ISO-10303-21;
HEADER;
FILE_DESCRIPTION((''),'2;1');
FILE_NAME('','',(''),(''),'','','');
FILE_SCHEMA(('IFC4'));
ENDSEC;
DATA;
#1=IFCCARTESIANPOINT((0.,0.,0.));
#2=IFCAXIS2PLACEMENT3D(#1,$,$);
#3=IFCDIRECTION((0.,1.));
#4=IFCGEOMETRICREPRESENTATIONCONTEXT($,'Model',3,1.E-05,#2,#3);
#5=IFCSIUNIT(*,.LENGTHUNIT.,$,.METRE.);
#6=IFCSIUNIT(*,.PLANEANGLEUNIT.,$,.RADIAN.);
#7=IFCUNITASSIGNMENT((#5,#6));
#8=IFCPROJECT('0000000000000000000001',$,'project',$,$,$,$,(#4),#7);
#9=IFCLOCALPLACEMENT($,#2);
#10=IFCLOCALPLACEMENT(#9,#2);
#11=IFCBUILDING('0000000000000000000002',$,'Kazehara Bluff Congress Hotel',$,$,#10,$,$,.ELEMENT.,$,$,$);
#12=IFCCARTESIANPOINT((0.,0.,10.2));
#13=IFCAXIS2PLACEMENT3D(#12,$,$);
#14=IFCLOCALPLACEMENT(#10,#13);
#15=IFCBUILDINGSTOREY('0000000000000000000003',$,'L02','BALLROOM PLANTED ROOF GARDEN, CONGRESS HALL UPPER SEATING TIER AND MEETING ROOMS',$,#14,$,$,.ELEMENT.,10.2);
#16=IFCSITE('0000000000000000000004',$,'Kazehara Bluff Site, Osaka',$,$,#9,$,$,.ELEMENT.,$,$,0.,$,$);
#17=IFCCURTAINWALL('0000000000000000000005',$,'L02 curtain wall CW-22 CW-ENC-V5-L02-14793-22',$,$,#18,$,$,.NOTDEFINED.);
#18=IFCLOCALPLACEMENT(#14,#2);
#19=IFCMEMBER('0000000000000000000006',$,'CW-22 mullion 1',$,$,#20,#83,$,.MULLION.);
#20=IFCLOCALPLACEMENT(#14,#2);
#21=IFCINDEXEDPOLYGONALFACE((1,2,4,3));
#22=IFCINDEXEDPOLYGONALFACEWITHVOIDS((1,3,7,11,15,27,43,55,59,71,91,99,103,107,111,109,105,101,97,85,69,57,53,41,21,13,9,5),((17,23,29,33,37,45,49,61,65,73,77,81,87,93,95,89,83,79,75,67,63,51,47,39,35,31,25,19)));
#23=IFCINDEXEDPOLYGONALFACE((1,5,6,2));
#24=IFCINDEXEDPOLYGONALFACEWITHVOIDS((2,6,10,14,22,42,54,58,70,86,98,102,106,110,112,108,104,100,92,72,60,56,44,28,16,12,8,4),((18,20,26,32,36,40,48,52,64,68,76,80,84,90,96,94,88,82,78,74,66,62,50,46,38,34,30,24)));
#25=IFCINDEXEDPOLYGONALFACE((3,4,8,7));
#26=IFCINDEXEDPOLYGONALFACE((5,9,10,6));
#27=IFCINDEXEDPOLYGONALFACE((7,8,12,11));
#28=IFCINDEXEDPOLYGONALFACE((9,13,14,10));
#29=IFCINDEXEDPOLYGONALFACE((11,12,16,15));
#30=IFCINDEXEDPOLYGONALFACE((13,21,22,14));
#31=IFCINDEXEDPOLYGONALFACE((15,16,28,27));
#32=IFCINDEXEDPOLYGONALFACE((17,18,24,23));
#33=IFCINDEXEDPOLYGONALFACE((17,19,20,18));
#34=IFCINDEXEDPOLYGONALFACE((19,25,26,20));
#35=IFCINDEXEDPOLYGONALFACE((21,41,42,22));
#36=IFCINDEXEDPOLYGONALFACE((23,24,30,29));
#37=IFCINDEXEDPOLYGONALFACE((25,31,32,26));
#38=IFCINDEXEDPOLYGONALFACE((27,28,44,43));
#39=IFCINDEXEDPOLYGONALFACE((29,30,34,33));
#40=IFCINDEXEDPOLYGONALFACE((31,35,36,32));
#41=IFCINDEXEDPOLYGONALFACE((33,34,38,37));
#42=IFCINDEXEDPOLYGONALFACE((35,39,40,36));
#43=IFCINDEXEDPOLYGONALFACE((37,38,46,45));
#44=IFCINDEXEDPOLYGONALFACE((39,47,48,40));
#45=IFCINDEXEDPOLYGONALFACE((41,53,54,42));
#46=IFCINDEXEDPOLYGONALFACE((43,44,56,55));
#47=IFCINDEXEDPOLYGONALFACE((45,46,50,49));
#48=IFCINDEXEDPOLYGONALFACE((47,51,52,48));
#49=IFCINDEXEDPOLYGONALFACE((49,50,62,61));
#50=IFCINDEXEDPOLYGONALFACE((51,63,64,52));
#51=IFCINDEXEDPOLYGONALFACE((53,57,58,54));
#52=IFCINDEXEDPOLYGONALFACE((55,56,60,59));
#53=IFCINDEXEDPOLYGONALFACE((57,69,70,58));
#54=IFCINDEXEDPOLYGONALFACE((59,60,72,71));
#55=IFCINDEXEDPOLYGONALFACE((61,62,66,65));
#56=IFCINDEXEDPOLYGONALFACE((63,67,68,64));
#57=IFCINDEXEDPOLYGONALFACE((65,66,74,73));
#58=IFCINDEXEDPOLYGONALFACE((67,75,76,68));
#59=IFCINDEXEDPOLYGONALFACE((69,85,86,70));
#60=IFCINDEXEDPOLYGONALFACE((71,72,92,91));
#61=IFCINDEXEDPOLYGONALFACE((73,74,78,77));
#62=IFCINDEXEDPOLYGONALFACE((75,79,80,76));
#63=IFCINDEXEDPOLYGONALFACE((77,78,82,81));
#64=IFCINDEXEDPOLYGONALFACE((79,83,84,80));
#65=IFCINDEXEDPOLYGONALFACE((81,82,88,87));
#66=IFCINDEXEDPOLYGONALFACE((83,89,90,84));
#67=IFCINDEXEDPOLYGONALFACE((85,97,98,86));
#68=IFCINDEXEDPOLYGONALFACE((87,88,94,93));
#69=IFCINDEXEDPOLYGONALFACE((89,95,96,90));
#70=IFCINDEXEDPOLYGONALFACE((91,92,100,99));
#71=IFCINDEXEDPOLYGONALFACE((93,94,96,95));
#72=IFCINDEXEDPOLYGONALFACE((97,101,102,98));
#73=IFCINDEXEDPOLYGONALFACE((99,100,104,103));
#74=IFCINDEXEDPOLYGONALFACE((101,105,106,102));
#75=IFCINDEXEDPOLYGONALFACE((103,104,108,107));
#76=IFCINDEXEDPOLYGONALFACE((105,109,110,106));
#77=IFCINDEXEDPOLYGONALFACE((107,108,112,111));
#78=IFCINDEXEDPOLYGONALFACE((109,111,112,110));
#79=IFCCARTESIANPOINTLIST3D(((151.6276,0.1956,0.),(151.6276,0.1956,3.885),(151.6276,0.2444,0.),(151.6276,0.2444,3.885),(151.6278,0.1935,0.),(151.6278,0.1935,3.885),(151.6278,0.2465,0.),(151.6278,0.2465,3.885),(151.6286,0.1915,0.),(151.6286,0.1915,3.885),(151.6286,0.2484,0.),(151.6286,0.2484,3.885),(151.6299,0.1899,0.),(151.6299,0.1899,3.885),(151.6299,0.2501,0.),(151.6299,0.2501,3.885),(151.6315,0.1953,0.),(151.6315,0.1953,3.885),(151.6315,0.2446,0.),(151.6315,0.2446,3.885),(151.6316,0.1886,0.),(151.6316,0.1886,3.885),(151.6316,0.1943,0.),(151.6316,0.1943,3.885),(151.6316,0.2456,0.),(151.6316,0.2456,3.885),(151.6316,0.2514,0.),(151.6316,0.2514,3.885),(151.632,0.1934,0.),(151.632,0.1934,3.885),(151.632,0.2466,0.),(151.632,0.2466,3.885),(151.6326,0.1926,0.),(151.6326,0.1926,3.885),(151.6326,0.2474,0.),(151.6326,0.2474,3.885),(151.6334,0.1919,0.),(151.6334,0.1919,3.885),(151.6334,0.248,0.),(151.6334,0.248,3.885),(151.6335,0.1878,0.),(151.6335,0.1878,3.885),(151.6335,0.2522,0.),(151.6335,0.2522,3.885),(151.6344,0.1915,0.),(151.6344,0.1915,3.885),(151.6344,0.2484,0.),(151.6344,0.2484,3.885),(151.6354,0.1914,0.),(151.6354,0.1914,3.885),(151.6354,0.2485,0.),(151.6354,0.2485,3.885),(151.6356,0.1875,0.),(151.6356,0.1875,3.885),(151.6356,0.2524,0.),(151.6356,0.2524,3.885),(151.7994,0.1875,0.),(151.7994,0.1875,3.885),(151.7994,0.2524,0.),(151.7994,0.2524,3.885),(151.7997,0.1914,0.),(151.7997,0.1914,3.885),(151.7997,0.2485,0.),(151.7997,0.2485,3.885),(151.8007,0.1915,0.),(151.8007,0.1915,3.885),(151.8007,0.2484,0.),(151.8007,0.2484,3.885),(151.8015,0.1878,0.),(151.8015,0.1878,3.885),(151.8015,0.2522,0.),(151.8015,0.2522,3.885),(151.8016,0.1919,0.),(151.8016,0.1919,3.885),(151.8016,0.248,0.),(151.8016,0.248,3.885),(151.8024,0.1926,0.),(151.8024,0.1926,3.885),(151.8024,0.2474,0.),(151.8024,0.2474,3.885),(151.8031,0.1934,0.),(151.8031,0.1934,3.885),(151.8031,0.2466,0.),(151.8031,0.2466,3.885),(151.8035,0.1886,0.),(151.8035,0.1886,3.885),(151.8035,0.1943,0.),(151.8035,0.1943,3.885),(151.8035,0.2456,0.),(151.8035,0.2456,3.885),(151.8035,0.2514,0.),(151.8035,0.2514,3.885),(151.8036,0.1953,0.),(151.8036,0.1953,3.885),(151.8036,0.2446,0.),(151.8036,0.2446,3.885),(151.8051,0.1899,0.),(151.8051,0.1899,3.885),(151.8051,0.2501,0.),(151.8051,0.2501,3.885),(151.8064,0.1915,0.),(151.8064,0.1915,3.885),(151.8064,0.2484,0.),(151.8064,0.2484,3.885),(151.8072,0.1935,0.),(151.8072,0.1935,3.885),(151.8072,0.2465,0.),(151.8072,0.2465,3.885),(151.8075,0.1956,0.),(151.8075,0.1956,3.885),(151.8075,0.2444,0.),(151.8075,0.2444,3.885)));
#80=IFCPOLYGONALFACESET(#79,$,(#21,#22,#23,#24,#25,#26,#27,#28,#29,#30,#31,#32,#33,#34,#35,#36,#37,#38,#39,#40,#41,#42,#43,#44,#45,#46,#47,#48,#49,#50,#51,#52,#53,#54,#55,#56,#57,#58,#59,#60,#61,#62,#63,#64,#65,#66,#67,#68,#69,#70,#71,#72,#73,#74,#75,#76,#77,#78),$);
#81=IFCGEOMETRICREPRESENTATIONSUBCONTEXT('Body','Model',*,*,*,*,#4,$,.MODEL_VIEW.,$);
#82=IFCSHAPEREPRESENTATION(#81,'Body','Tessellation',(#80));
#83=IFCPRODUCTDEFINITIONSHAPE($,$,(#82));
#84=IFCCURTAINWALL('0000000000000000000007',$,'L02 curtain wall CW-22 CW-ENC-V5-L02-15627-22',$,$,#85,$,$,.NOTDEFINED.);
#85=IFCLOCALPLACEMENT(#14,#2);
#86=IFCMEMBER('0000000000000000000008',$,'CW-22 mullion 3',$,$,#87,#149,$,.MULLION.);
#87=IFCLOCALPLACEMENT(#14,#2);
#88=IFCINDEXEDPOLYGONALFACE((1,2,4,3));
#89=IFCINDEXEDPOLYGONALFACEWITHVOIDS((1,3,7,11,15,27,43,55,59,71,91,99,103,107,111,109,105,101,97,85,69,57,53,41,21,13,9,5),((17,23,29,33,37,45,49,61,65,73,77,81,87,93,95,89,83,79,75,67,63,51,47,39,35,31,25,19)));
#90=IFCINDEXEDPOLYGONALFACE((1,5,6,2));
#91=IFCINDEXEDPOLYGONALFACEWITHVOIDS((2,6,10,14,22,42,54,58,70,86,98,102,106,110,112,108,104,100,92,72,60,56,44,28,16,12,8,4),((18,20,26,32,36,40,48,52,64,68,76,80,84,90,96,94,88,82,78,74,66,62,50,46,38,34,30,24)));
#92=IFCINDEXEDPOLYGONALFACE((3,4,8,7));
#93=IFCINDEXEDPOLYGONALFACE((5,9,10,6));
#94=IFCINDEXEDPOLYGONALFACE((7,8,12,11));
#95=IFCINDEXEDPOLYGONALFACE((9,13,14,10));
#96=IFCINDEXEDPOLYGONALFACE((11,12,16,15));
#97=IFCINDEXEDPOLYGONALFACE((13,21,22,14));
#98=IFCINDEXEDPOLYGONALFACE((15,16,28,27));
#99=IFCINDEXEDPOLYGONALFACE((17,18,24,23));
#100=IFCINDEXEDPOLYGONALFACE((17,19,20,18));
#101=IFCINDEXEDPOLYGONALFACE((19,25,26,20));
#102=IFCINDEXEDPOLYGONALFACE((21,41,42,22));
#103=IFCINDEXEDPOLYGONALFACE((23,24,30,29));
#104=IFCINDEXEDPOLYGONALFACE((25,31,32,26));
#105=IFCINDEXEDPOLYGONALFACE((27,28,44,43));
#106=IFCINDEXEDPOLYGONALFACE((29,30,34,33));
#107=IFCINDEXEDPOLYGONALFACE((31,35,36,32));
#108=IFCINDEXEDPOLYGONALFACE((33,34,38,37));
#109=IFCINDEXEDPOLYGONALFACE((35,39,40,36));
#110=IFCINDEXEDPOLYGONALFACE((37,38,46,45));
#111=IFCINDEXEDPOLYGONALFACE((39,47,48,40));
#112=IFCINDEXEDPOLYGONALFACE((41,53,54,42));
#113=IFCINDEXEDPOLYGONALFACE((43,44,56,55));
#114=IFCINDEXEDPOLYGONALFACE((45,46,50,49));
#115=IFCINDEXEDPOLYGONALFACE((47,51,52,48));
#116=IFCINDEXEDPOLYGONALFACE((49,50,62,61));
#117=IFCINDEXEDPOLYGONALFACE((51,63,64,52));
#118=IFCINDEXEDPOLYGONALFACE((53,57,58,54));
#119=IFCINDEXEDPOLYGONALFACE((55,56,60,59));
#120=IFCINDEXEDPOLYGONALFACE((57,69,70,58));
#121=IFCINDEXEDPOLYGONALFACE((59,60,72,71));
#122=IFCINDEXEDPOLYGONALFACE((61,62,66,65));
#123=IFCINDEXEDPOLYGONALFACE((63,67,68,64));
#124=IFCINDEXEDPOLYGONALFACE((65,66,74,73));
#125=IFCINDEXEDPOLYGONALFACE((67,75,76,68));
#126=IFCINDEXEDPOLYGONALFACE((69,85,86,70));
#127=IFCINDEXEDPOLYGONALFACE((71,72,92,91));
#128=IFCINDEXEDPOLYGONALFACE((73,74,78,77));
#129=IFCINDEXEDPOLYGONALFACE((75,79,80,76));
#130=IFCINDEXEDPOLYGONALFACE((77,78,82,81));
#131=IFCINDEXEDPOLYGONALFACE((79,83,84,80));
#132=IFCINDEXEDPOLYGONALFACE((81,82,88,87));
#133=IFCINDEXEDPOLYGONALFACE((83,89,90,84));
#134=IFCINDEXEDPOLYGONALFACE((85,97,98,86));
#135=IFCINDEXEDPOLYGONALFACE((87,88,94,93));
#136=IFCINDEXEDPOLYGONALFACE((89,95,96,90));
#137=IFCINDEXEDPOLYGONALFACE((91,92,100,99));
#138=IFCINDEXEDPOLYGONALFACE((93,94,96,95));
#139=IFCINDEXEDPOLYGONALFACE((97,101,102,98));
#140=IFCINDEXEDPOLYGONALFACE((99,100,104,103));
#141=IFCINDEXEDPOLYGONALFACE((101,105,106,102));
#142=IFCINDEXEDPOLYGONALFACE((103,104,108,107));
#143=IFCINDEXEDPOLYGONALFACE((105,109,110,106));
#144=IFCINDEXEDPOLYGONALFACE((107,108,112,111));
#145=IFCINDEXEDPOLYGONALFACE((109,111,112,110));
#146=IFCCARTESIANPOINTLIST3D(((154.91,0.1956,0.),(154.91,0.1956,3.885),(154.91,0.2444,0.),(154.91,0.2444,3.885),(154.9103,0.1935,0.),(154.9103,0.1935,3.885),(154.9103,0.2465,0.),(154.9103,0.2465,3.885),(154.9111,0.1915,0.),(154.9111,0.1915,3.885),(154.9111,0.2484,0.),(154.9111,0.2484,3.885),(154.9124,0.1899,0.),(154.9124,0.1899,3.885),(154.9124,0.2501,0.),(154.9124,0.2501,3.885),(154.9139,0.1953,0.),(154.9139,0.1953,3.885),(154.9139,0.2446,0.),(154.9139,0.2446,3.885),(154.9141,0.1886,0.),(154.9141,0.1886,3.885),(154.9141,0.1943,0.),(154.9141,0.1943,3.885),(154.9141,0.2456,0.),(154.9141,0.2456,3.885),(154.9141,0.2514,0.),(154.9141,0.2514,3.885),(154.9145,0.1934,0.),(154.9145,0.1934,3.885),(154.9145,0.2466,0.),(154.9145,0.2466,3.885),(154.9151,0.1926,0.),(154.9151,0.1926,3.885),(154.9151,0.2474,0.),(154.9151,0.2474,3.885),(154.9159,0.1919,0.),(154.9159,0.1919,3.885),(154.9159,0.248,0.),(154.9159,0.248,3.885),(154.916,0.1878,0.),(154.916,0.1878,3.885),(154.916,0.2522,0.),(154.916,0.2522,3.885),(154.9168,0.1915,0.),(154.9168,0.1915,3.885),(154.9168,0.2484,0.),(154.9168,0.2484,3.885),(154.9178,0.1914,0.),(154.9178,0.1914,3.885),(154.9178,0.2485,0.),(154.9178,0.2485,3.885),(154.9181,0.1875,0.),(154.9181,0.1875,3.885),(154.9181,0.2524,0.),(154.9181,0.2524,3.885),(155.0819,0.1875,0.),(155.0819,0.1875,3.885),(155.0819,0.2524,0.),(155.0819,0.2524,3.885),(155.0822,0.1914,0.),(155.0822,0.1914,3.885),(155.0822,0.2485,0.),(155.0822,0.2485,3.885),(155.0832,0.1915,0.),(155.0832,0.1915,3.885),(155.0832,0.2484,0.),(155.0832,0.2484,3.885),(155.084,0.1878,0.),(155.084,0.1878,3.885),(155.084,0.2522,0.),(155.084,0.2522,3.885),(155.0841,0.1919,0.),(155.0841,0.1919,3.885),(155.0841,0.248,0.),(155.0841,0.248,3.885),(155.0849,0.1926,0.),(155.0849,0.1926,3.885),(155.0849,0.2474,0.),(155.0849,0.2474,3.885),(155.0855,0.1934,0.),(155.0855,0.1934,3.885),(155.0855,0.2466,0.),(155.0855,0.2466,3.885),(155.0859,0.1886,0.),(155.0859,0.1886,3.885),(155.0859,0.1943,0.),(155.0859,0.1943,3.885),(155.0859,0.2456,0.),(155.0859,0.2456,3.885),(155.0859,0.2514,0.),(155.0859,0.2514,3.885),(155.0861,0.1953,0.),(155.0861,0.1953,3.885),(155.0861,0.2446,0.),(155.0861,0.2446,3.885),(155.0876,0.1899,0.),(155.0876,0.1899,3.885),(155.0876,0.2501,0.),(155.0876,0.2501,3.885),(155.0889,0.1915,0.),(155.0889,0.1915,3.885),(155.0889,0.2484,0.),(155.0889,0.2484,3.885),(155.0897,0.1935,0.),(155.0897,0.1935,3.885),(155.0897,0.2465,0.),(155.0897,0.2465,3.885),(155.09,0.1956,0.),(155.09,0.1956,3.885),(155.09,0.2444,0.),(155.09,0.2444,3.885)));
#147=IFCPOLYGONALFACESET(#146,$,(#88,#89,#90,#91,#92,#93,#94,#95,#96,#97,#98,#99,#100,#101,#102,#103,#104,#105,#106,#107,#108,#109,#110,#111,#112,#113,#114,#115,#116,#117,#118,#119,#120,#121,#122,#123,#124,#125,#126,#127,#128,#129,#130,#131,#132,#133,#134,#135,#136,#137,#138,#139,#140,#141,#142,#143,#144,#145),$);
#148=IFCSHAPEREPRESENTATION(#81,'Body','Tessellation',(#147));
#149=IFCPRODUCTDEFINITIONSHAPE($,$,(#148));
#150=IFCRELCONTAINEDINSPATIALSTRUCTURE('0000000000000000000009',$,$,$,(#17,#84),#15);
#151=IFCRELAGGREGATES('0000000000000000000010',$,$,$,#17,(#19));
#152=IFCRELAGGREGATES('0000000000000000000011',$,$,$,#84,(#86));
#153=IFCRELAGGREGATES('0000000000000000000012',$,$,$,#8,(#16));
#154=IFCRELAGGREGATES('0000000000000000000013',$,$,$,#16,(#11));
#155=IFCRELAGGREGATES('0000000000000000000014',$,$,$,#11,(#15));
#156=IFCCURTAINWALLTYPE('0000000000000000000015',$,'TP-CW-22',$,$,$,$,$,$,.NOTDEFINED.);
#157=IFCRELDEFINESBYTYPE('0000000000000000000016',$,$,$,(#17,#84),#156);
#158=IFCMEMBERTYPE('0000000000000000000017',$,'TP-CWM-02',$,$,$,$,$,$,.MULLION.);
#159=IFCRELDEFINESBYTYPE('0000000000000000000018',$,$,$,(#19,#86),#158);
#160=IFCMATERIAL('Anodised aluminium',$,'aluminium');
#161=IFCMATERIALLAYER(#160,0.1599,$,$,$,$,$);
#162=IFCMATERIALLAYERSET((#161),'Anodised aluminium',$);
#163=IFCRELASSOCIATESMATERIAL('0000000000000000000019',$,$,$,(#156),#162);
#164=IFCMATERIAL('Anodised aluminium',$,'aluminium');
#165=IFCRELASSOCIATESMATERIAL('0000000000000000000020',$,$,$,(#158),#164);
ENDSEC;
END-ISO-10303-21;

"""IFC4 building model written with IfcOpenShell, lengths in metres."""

from ifc_helpers import new_model, si_unit, direction, frame, origin, origin_2d, place, context, subcontext, project, spatial, hollow_rectangle, extrude, material, layer, layer_set, material_profile, profile_set, type_object, element, aggregate, save


model = new_model("IFC4")

# Units and contexts
model_context = context("Model", 3, precision=1e-05, world=origin(), true_north=direction((0.0, 1.0)))
body_context = subcontext(model_context, "Body", "Model", "MODEL_VIEW")
ifc_project = project(units=[si_unit("LENGTHUNIT", "METRE"), si_unit("PLANEANGLEUNIT", "RADIAN")], contexts=[model_context])

# Site, building, storey
site_placement = place(None, origin())
site = spatial("IfcSite", under=ifc_project, at=site_placement, Name="Kazehara Bluff Site, Osaka", CompositionType="ELEMENT", RefElevation=0.0)
building_placement = place(site_placement, origin())
building = spatial("IfcBuilding", under=site, at=building_placement, Name="Kazehara Bluff Congress Hotel", CompositionType="ELEMENT")
storey_placement = place(building_placement, frame((0.0, 0.0, 10.2)))
storey = spatial("IfcBuildingStorey", under=building, at=storey_placement, Name="L02", Description="BALLROOM PLANTED ROOF GARDEN, CONGRESS HALL UPPER SEATING TIER AND MEETING ROOMS", CompositionType="ELEMENT", Elevation=10.2)

# Curtain wall, member
ifc_material_1 = material(Name="Anodised aluminium", Category="aluminium")
ifc_layer_1 = layer(ifc_material_1, 0.1599)
ifc_layer_set_1 = layer_set([ifc_layer_1], Name="Anodised aluminium")
curtain_wall_type = type_object("IfcCurtainWallType", Name="TP-CW-22", PredefinedType="NOTDEFINED", material=ifc_layer_set_1)
curtain_wall_1_placement = place(storey_placement, origin())
curtain_wall_1 = element("IfcCurtainWall", 1, at=curtain_wall_1_placement, inside=storey, type_object=curtain_wall_type, Name="L02 curtain wall CW-22 CW-ENC-V5-L02-14793-22", PredefinedType="NOTDEFINED")
ifc_material_2 = material(Name="Anodised aluminium", Category="aluminium")
ifc_material_profile_1 = material_profile(ifc_material_2, hollow_rectangle(XDim=0.0649, YDim=0.1799, WallThickness=0.0039, InnerFilletRadius=0.0039, OuterFilletRadius=0.0081, at=origin_2d()))
ifc_profile_set_1 = profile_set([ifc_material_profile_1], Name="Anodised aluminium")
member_type_1 = type_object("IfcMemberType", Name="TP-CWM-02", PredefinedType="MULLION", material=ifc_profile_set_1)
member_1_placement = place(storey_placement, frame((151.7175, 0.22, 0.0), z_axis=(0.0, 0.0, 1.0), x_axis=(0.0, -1.0, 0.0)))
member_1 = element("IfcMember", 2, at=member_1_placement, type_object=member_type_1, Name="CW-22 mullion 1", PredefinedType="MULLION", context=body_context, shape_type="SweptSolid", body=[
    extrude(hollow_rectangle(XDim=0.0649, YDim=0.1799, WallThickness=0.0039, InnerFilletRadius=0.0039, OuterFilletRadius=0.0081, at=origin_2d()), origin(), (0.0, 0.0, 1.0), 3.885),
])

# Curtain wall, member
curtain_wall_2_placement = place(storey_placement, origin())
curtain_wall_2 = element("IfcCurtainWall", 3, at=curtain_wall_2_placement, inside=storey, type_object=curtain_wall_type, Name="L02 curtain wall CW-22 CW-ENC-V5-L02-15627-22", PredefinedType="NOTDEFINED")
member_2_placement = place(storey_placement, frame((155.0, 0.22, 0.0), z_axis=(0.0, 0.0, 1.0), x_axis=(0.0, -1.0, 0.0)))
member_2 = element("IfcMember", 4, at=member_2_placement, type_object=member_type_1, Name="CW-22 mullion 3", PredefinedType="MULLION", context=body_context, shape_type="SweptSolid", body=[
    extrude(hollow_rectangle(XDim=0.0649, YDim=0.1799, WallThickness=0.0039, InnerFilletRadius=0.0039, OuterFilletRadius=0.0081, at=origin_2d()), origin(), (0.0, 0.0, 1.0), 3.885),
])

aggregate(curtain_wall_1, [member_1])

aggregate(curtain_wall_2, [member_2])

save(model, "model.ifc")
